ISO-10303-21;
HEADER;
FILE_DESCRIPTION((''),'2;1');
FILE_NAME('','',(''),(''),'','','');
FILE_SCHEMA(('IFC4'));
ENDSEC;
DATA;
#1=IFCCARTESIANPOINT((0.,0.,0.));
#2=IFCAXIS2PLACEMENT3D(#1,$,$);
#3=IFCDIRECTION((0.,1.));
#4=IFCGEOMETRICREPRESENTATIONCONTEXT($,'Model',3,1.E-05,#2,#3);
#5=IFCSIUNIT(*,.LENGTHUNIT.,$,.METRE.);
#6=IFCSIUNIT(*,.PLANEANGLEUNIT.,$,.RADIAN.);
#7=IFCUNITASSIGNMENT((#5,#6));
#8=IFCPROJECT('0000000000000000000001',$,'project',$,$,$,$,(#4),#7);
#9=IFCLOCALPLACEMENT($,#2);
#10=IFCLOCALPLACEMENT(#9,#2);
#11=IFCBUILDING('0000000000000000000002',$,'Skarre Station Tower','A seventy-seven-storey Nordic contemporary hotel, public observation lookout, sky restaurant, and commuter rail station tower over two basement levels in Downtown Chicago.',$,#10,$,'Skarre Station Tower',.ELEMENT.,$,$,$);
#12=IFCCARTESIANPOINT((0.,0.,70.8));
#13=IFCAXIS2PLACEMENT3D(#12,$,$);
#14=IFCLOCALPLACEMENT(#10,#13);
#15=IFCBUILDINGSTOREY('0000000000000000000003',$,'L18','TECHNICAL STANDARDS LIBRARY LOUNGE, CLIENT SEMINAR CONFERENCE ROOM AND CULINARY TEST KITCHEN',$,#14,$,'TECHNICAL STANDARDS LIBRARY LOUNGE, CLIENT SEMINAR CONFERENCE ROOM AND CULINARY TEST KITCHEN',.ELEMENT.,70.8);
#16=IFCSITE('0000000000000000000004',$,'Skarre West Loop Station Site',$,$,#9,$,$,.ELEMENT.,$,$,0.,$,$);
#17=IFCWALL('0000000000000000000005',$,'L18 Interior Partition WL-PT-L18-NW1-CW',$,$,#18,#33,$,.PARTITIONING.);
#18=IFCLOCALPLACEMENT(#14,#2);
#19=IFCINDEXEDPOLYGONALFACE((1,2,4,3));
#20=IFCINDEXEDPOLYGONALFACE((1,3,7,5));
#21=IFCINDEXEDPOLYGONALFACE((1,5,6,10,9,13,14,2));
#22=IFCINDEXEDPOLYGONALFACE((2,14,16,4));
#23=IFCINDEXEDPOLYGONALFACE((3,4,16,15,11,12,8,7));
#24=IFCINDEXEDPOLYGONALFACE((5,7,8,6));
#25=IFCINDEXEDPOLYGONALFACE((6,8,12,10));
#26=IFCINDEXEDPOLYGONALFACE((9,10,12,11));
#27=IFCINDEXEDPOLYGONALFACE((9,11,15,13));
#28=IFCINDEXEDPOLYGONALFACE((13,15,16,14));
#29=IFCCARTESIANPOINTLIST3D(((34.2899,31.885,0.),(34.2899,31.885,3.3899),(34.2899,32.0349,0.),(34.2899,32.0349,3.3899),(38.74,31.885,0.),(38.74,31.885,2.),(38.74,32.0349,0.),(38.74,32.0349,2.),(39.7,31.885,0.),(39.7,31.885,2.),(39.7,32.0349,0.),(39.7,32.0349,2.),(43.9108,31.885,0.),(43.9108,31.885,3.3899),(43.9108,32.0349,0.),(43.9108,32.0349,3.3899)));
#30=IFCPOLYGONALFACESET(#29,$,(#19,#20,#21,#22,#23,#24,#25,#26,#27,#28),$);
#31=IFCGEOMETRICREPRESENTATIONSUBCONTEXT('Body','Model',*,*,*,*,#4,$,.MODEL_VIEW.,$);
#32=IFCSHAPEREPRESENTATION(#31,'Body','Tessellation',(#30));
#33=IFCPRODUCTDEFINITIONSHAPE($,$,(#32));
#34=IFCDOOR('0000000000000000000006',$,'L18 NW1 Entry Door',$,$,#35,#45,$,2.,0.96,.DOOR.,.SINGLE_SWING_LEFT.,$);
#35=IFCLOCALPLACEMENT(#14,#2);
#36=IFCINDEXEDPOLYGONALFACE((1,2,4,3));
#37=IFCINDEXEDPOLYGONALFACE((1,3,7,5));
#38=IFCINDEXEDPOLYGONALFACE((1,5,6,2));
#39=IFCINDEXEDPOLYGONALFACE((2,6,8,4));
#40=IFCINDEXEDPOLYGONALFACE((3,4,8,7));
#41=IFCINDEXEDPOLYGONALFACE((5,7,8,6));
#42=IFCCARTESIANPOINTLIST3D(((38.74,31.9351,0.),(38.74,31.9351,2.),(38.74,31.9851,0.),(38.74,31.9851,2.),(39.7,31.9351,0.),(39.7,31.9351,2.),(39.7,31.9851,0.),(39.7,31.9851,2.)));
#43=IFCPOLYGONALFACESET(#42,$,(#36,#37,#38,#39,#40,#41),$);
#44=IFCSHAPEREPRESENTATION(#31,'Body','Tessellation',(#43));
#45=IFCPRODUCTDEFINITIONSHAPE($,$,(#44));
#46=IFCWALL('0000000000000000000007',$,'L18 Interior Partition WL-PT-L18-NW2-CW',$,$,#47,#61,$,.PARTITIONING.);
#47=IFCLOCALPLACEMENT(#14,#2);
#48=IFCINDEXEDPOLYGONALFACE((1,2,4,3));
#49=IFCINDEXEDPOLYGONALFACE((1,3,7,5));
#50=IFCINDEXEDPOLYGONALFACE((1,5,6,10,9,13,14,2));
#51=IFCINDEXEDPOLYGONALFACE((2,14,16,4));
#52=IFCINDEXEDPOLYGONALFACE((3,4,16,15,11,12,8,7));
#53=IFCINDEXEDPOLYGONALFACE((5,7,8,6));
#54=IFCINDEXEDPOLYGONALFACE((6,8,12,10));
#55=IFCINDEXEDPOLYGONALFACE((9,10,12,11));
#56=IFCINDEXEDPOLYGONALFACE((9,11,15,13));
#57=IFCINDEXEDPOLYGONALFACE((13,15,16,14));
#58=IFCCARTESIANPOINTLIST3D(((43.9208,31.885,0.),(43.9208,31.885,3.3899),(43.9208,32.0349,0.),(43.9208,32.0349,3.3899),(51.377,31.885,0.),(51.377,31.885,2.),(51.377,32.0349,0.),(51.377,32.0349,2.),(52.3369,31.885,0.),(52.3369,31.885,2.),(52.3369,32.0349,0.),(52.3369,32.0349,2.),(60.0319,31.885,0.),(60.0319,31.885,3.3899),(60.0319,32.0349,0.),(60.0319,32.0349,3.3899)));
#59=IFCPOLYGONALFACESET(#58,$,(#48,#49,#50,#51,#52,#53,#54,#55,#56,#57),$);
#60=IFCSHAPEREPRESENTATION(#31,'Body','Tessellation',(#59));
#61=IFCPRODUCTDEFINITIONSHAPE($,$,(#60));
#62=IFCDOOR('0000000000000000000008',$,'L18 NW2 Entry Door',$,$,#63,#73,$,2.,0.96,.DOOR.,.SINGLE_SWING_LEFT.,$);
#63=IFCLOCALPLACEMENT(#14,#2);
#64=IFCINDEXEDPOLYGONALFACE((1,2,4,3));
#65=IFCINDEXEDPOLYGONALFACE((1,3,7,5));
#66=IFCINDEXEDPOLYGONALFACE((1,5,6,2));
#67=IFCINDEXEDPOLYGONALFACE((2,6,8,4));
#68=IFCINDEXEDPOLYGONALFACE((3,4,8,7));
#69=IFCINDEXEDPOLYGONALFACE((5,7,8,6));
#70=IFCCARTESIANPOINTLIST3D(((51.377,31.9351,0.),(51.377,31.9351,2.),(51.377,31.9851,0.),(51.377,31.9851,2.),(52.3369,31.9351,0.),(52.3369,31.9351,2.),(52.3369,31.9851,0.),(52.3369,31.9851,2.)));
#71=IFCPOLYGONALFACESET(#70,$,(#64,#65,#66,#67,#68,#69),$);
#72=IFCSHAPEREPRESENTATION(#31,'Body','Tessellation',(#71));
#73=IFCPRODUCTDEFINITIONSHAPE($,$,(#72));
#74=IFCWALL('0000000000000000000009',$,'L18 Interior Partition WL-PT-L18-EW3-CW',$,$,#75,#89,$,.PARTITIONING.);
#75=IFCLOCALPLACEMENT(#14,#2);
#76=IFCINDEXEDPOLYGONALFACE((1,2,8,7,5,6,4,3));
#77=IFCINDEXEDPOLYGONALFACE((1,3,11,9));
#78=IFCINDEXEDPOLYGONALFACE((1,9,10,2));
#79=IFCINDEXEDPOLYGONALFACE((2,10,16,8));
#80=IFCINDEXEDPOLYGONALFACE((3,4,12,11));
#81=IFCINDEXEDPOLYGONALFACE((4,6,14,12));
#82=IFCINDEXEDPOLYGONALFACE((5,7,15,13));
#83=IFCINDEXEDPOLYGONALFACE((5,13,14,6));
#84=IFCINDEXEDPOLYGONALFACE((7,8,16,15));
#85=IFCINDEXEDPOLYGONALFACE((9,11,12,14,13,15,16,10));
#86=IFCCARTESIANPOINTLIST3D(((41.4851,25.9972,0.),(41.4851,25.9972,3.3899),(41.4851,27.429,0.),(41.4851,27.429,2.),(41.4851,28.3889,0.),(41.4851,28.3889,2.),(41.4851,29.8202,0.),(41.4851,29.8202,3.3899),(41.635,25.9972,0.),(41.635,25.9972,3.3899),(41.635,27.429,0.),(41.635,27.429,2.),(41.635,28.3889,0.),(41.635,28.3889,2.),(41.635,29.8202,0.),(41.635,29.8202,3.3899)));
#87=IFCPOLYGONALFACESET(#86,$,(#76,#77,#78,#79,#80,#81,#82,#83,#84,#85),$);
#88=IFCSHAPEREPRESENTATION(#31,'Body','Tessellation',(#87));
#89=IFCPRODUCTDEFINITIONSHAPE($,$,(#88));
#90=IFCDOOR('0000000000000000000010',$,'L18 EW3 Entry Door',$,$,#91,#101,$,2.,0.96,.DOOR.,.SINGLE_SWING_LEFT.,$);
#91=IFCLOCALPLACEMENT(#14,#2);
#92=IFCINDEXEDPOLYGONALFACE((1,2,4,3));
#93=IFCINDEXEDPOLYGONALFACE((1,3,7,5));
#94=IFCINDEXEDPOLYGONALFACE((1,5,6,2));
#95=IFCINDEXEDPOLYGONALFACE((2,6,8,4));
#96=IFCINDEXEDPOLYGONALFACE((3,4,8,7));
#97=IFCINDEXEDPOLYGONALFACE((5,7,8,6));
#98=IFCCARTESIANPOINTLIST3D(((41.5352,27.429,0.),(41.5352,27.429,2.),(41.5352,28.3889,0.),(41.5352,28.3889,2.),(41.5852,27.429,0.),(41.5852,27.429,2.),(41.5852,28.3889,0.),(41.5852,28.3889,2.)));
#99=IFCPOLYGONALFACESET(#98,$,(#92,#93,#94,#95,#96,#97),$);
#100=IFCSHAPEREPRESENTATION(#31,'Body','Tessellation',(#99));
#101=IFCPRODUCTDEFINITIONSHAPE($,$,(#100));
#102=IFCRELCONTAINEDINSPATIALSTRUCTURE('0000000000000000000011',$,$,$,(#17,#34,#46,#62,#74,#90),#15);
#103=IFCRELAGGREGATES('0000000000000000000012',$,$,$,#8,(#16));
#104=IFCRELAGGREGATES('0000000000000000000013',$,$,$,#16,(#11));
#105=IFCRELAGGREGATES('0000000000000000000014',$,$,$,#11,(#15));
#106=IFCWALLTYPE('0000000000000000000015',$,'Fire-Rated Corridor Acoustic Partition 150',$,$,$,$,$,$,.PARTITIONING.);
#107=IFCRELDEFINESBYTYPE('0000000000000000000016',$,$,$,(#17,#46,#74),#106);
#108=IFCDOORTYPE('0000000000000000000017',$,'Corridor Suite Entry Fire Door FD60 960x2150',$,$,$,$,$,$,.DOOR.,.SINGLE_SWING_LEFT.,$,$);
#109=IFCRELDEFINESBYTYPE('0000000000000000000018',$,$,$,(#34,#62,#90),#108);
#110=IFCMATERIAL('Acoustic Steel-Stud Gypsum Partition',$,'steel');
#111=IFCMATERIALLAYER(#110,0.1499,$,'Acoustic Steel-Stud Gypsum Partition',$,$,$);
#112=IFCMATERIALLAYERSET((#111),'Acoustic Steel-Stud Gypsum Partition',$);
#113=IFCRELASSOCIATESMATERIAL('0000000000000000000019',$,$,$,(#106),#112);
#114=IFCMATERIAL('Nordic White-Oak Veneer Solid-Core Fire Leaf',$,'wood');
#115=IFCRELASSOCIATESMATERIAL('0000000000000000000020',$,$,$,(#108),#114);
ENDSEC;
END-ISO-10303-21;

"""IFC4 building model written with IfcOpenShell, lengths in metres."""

from ifc_helpers import new_model, si_unit, direction, frame, frame_2d, origin, place, context, subcontext, project, spatial, rectangle, extrude, material, layer, layer_set, type_object, element, fill, save


model = new_model("IFC4")

# Units and contexts
model_context = context("Model", 3, precision=1e-05, world=origin(), true_north=direction((0.0, 1.0)))
body_context = subcontext(model_context, "Body", "Model", "MODEL_VIEW")
ifc_project = project(units=[si_unit("LENGTHUNIT", "METRE"), si_unit("PLANEANGLEUNIT", "RADIAN")], contexts=[model_context])

# Site, building, storey
site_placement = place(None, origin())
site = spatial("IfcSite", under=ifc_project, at=site_placement, Name="Skarre West Loop Station Site", CompositionType="ELEMENT", RefElevation=0.0)
building_placement = place(site_placement, origin())
building = spatial("IfcBuilding", under=site, at=building_placement, Name="Skarre Station Tower", Description="A seventy-seven-storey Nordic contemporary hotel, public observation lookout, sky restaurant, and commuter rail station tower over two basement levels in Downtown Chicago.", LongName="Skarre Station Tower", CompositionType="ELEMENT")
storey_placement = place(building_placement, frame((0.0, 0.0, 70.8)))
storey = spatial("IfcBuildingStorey", under=building, at=storey_placement, Name="L18", Description="TECHNICAL STANDARDS LIBRARY LOUNGE, CLIENT SEMINAR CONFERENCE ROOM AND CULINARY TEST KITCHEN", LongName="TECHNICAL STANDARDS LIBRARY LOUNGE, CLIENT SEMINAR CONFERENCE ROOM AND CULINARY TEST KITCHEN", CompositionType="ELEMENT", Elevation=70.8)

# Walls, openings, doors
ifc_material_1 = material(Name="Acoustic Steel-Stud Gypsum Partition", Category="steel")
ifc_layer_1 = layer(ifc_material_1, 0.1499, Name="Acoustic Steel-Stud Gypsum Partition")
ifc_layer_set_1 = layer_set([ifc_layer_1], Name="Acoustic Steel-Stud Gypsum Partition")
wall_type_1 = type_object("IfcWallType", Name="Fire-Rated Corridor Acoustic Partition 150", PredefinedType="PARTITIONING", material=ifc_layer_set_1)
wall_1_placement = place(storey_placement, frame((43.9109, 31.96, 0.0), z_axis=(0.0, 0.0, 1.0), x_axis=(-1.0, 0.0, 0.0)))
wall_1 = element("IfcWall", 1, at=wall_1_placement, inside=storey, type_object=wall_type_1, Name="L18 Interior Partition WL-PT-L18-NW1-CW", PredefinedType="PARTITIONING", context=body_context, shape_type="SweptSolid", body=[
    extrude(rectangle(XDim=9.6208, YDim=0.1499, at=frame_2d((4.8105, 0.0))), origin(), (0.0, 0.0, 1.0), 3.3899),
])
opening_1_placement = place(wall_1_placement, frame((4.2109, 0.0, 0.0)))
opening_1 = element("IfcOpeningElement", 2, at=opening_1_placement, cuts=wall_1, PredefinedType="OPENING", context=body_context, shape_type="SweptSolid", body=[
    extrude(rectangle(XDim=0.96, YDim=2.0, at=frame_2d((0.48, 1.0))), frame((0.0, 0.085, 0.0), z_axis=(0.0, -1.0, 0.0), x_axis=(1.0, 0.0, 0.0)), (0.0, 0.0, 1.0), 0.1699),
])
ifc_material_2 = material(Name="Nordic White-Oak Veneer Solid-Core Fire Leaf", Category="wood")
door_type_1 = type_object("IfcDoorType", Name="Corridor Suite Entry Fire Door FD60 960x2150", OperationType="SINGLE_SWING_LEFT", PredefinedType="DOOR", material=ifc_material_2)
door_1_placement = place(opening_1_placement, origin())
door_1 = element("IfcDoor", 3, at=door_1_placement, inside=storey, type_object=door_type_1, Name="L18 NW1 Entry Door", OperationType="SINGLE_SWING_LEFT", OverallHeight=2.0, OverallWidth=0.96, PredefinedType="DOOR", context=body_context, shape_type="SweptSolid", body=[
    extrude(rectangle(XDim=0.96, YDim=2.0, at=frame_2d((0.48, 1.0))), frame((0.0, 0.0249, 0.0), z_axis=(0.0, -1.0, 0.0), x_axis=(1.0, 0.0, 0.0)), (0.0, 0.0, 1.0), 0.05),
])
fill(opening_1, door_1)
wall_2_placement = place(storey_placement, frame((60.032, 31.96, 0.0), z_axis=(0.0, 0.0, 1.0), x_axis=(-1.0, 0.0, 0.0)))
wall_2 = element("IfcWall", 4, at=wall_2_placement, inside=storey, type_object=wall_type_1, Name="L18 Interior Partition WL-PT-L18-NW2-CW", PredefinedType="PARTITIONING", context=body_context, shape_type="SweptSolid", body=[
    extrude(rectangle(XDim=16.1111, YDim=0.1499, at=frame_2d((8.0557, 0.0))), origin(), (0.0, 0.0, 1.0), 3.3899),
])
opening_2_placement = place(wall_2_placement, frame((7.6951, 0.0, 0.0)))
opening_2 = element("IfcOpeningElement", 5, at=opening_2_placement, cuts=wall_2, PredefinedType="OPENING", context=body_context, shape_type="SweptSolid", body=[
    extrude(rectangle(XDim=0.96, YDim=2.0, at=frame_2d((0.48, 1.0))), frame((0.0, 0.085, 0.0), z_axis=(0.0, -1.0, 0.0), x_axis=(1.0, 0.0, 0.0)), (0.0, 0.0, 1.0), 0.1699),
])
door_2_placement = place(opening_2_placement, origin())
door_2 = element("IfcDoor", 6, at=door_2_placement, inside=storey, type_object=door_type_1, Name="L18 NW2 Entry Door", OperationType="SINGLE_SWING_LEFT", OverallHeight=2.0, OverallWidth=0.96, PredefinedType="DOOR", context=body_context, shape_type="SweptSolid", body=[
    extrude(rectangle(XDim=0.96, YDim=2.0, at=frame_2d((0.48, 1.0))), frame((0.0, 0.0249, 0.0), z_axis=(0.0, -1.0, 0.0), x_axis=(1.0, 0.0, 0.0)), (0.0, 0.0, 1.0), 0.05),
])
fill(opening_2, door_2)
wall_3_placement = place(storey_placement, frame((41.5601, 25.9971, 0.0), z_axis=(0.0, 0.0, 1.0), x_axis=(0.0, 1.0, 0.0)))
wall_3 = element("IfcWall", 7, at=wall_3_placement, inside=storey, type_object=wall_type_1, Name="L18 Interior Partition WL-PT-L18-EW3-CW", PredefinedType="PARTITIONING", context=body_context, shape_type="SweptSolid", body=[
    extrude(rectangle(XDim=3.823, YDim=0.1499, at=frame_2d((1.9116, 0.0))), origin(), (0.0, 0.0, 1.0), 3.3899),
])
opening_3_placement = place(wall_3_placement, frame((1.4319, 0.0, 0.0)))
opening_3 = element("IfcOpeningElement", 8, at=opening_3_placement, cuts=wall_3, PredefinedType="OPENING", context=body_context, shape_type="SweptSolid", body=[
    extrude(rectangle(XDim=0.96, YDim=2.0, at=frame_2d((0.48, 1.0))), frame((0.0, 0.085, 0.0), z_axis=(0.0, -1.0, 0.0), x_axis=(1.0, 0.0, 0.0)), (0.0, 0.0, 1.0), 0.1699),
])
door_3_placement = place(opening_3_placement, origin())
door_3 = element("IfcDoor", 9, at=door_3_placement, inside=storey, type_object=door_type_1, Name="L18 EW3 Entry Door", OperationType="SINGLE_SWING_LEFT", OverallHeight=2.0, OverallWidth=0.96, PredefinedType="DOOR", context=body_context, shape_type="SweptSolid", body=[
    extrude(rectangle(XDim=0.96, YDim=2.0, at=frame_2d((0.48, 1.0))), frame((0.0, 0.0249, 0.0), z_axis=(0.0, -1.0, 0.0), x_axis=(1.0, 0.0, 0.0)), (0.0, 0.0, 1.0), 0.05),
])
fill(opening_3, door_3)

save(model, "model.ifc")
